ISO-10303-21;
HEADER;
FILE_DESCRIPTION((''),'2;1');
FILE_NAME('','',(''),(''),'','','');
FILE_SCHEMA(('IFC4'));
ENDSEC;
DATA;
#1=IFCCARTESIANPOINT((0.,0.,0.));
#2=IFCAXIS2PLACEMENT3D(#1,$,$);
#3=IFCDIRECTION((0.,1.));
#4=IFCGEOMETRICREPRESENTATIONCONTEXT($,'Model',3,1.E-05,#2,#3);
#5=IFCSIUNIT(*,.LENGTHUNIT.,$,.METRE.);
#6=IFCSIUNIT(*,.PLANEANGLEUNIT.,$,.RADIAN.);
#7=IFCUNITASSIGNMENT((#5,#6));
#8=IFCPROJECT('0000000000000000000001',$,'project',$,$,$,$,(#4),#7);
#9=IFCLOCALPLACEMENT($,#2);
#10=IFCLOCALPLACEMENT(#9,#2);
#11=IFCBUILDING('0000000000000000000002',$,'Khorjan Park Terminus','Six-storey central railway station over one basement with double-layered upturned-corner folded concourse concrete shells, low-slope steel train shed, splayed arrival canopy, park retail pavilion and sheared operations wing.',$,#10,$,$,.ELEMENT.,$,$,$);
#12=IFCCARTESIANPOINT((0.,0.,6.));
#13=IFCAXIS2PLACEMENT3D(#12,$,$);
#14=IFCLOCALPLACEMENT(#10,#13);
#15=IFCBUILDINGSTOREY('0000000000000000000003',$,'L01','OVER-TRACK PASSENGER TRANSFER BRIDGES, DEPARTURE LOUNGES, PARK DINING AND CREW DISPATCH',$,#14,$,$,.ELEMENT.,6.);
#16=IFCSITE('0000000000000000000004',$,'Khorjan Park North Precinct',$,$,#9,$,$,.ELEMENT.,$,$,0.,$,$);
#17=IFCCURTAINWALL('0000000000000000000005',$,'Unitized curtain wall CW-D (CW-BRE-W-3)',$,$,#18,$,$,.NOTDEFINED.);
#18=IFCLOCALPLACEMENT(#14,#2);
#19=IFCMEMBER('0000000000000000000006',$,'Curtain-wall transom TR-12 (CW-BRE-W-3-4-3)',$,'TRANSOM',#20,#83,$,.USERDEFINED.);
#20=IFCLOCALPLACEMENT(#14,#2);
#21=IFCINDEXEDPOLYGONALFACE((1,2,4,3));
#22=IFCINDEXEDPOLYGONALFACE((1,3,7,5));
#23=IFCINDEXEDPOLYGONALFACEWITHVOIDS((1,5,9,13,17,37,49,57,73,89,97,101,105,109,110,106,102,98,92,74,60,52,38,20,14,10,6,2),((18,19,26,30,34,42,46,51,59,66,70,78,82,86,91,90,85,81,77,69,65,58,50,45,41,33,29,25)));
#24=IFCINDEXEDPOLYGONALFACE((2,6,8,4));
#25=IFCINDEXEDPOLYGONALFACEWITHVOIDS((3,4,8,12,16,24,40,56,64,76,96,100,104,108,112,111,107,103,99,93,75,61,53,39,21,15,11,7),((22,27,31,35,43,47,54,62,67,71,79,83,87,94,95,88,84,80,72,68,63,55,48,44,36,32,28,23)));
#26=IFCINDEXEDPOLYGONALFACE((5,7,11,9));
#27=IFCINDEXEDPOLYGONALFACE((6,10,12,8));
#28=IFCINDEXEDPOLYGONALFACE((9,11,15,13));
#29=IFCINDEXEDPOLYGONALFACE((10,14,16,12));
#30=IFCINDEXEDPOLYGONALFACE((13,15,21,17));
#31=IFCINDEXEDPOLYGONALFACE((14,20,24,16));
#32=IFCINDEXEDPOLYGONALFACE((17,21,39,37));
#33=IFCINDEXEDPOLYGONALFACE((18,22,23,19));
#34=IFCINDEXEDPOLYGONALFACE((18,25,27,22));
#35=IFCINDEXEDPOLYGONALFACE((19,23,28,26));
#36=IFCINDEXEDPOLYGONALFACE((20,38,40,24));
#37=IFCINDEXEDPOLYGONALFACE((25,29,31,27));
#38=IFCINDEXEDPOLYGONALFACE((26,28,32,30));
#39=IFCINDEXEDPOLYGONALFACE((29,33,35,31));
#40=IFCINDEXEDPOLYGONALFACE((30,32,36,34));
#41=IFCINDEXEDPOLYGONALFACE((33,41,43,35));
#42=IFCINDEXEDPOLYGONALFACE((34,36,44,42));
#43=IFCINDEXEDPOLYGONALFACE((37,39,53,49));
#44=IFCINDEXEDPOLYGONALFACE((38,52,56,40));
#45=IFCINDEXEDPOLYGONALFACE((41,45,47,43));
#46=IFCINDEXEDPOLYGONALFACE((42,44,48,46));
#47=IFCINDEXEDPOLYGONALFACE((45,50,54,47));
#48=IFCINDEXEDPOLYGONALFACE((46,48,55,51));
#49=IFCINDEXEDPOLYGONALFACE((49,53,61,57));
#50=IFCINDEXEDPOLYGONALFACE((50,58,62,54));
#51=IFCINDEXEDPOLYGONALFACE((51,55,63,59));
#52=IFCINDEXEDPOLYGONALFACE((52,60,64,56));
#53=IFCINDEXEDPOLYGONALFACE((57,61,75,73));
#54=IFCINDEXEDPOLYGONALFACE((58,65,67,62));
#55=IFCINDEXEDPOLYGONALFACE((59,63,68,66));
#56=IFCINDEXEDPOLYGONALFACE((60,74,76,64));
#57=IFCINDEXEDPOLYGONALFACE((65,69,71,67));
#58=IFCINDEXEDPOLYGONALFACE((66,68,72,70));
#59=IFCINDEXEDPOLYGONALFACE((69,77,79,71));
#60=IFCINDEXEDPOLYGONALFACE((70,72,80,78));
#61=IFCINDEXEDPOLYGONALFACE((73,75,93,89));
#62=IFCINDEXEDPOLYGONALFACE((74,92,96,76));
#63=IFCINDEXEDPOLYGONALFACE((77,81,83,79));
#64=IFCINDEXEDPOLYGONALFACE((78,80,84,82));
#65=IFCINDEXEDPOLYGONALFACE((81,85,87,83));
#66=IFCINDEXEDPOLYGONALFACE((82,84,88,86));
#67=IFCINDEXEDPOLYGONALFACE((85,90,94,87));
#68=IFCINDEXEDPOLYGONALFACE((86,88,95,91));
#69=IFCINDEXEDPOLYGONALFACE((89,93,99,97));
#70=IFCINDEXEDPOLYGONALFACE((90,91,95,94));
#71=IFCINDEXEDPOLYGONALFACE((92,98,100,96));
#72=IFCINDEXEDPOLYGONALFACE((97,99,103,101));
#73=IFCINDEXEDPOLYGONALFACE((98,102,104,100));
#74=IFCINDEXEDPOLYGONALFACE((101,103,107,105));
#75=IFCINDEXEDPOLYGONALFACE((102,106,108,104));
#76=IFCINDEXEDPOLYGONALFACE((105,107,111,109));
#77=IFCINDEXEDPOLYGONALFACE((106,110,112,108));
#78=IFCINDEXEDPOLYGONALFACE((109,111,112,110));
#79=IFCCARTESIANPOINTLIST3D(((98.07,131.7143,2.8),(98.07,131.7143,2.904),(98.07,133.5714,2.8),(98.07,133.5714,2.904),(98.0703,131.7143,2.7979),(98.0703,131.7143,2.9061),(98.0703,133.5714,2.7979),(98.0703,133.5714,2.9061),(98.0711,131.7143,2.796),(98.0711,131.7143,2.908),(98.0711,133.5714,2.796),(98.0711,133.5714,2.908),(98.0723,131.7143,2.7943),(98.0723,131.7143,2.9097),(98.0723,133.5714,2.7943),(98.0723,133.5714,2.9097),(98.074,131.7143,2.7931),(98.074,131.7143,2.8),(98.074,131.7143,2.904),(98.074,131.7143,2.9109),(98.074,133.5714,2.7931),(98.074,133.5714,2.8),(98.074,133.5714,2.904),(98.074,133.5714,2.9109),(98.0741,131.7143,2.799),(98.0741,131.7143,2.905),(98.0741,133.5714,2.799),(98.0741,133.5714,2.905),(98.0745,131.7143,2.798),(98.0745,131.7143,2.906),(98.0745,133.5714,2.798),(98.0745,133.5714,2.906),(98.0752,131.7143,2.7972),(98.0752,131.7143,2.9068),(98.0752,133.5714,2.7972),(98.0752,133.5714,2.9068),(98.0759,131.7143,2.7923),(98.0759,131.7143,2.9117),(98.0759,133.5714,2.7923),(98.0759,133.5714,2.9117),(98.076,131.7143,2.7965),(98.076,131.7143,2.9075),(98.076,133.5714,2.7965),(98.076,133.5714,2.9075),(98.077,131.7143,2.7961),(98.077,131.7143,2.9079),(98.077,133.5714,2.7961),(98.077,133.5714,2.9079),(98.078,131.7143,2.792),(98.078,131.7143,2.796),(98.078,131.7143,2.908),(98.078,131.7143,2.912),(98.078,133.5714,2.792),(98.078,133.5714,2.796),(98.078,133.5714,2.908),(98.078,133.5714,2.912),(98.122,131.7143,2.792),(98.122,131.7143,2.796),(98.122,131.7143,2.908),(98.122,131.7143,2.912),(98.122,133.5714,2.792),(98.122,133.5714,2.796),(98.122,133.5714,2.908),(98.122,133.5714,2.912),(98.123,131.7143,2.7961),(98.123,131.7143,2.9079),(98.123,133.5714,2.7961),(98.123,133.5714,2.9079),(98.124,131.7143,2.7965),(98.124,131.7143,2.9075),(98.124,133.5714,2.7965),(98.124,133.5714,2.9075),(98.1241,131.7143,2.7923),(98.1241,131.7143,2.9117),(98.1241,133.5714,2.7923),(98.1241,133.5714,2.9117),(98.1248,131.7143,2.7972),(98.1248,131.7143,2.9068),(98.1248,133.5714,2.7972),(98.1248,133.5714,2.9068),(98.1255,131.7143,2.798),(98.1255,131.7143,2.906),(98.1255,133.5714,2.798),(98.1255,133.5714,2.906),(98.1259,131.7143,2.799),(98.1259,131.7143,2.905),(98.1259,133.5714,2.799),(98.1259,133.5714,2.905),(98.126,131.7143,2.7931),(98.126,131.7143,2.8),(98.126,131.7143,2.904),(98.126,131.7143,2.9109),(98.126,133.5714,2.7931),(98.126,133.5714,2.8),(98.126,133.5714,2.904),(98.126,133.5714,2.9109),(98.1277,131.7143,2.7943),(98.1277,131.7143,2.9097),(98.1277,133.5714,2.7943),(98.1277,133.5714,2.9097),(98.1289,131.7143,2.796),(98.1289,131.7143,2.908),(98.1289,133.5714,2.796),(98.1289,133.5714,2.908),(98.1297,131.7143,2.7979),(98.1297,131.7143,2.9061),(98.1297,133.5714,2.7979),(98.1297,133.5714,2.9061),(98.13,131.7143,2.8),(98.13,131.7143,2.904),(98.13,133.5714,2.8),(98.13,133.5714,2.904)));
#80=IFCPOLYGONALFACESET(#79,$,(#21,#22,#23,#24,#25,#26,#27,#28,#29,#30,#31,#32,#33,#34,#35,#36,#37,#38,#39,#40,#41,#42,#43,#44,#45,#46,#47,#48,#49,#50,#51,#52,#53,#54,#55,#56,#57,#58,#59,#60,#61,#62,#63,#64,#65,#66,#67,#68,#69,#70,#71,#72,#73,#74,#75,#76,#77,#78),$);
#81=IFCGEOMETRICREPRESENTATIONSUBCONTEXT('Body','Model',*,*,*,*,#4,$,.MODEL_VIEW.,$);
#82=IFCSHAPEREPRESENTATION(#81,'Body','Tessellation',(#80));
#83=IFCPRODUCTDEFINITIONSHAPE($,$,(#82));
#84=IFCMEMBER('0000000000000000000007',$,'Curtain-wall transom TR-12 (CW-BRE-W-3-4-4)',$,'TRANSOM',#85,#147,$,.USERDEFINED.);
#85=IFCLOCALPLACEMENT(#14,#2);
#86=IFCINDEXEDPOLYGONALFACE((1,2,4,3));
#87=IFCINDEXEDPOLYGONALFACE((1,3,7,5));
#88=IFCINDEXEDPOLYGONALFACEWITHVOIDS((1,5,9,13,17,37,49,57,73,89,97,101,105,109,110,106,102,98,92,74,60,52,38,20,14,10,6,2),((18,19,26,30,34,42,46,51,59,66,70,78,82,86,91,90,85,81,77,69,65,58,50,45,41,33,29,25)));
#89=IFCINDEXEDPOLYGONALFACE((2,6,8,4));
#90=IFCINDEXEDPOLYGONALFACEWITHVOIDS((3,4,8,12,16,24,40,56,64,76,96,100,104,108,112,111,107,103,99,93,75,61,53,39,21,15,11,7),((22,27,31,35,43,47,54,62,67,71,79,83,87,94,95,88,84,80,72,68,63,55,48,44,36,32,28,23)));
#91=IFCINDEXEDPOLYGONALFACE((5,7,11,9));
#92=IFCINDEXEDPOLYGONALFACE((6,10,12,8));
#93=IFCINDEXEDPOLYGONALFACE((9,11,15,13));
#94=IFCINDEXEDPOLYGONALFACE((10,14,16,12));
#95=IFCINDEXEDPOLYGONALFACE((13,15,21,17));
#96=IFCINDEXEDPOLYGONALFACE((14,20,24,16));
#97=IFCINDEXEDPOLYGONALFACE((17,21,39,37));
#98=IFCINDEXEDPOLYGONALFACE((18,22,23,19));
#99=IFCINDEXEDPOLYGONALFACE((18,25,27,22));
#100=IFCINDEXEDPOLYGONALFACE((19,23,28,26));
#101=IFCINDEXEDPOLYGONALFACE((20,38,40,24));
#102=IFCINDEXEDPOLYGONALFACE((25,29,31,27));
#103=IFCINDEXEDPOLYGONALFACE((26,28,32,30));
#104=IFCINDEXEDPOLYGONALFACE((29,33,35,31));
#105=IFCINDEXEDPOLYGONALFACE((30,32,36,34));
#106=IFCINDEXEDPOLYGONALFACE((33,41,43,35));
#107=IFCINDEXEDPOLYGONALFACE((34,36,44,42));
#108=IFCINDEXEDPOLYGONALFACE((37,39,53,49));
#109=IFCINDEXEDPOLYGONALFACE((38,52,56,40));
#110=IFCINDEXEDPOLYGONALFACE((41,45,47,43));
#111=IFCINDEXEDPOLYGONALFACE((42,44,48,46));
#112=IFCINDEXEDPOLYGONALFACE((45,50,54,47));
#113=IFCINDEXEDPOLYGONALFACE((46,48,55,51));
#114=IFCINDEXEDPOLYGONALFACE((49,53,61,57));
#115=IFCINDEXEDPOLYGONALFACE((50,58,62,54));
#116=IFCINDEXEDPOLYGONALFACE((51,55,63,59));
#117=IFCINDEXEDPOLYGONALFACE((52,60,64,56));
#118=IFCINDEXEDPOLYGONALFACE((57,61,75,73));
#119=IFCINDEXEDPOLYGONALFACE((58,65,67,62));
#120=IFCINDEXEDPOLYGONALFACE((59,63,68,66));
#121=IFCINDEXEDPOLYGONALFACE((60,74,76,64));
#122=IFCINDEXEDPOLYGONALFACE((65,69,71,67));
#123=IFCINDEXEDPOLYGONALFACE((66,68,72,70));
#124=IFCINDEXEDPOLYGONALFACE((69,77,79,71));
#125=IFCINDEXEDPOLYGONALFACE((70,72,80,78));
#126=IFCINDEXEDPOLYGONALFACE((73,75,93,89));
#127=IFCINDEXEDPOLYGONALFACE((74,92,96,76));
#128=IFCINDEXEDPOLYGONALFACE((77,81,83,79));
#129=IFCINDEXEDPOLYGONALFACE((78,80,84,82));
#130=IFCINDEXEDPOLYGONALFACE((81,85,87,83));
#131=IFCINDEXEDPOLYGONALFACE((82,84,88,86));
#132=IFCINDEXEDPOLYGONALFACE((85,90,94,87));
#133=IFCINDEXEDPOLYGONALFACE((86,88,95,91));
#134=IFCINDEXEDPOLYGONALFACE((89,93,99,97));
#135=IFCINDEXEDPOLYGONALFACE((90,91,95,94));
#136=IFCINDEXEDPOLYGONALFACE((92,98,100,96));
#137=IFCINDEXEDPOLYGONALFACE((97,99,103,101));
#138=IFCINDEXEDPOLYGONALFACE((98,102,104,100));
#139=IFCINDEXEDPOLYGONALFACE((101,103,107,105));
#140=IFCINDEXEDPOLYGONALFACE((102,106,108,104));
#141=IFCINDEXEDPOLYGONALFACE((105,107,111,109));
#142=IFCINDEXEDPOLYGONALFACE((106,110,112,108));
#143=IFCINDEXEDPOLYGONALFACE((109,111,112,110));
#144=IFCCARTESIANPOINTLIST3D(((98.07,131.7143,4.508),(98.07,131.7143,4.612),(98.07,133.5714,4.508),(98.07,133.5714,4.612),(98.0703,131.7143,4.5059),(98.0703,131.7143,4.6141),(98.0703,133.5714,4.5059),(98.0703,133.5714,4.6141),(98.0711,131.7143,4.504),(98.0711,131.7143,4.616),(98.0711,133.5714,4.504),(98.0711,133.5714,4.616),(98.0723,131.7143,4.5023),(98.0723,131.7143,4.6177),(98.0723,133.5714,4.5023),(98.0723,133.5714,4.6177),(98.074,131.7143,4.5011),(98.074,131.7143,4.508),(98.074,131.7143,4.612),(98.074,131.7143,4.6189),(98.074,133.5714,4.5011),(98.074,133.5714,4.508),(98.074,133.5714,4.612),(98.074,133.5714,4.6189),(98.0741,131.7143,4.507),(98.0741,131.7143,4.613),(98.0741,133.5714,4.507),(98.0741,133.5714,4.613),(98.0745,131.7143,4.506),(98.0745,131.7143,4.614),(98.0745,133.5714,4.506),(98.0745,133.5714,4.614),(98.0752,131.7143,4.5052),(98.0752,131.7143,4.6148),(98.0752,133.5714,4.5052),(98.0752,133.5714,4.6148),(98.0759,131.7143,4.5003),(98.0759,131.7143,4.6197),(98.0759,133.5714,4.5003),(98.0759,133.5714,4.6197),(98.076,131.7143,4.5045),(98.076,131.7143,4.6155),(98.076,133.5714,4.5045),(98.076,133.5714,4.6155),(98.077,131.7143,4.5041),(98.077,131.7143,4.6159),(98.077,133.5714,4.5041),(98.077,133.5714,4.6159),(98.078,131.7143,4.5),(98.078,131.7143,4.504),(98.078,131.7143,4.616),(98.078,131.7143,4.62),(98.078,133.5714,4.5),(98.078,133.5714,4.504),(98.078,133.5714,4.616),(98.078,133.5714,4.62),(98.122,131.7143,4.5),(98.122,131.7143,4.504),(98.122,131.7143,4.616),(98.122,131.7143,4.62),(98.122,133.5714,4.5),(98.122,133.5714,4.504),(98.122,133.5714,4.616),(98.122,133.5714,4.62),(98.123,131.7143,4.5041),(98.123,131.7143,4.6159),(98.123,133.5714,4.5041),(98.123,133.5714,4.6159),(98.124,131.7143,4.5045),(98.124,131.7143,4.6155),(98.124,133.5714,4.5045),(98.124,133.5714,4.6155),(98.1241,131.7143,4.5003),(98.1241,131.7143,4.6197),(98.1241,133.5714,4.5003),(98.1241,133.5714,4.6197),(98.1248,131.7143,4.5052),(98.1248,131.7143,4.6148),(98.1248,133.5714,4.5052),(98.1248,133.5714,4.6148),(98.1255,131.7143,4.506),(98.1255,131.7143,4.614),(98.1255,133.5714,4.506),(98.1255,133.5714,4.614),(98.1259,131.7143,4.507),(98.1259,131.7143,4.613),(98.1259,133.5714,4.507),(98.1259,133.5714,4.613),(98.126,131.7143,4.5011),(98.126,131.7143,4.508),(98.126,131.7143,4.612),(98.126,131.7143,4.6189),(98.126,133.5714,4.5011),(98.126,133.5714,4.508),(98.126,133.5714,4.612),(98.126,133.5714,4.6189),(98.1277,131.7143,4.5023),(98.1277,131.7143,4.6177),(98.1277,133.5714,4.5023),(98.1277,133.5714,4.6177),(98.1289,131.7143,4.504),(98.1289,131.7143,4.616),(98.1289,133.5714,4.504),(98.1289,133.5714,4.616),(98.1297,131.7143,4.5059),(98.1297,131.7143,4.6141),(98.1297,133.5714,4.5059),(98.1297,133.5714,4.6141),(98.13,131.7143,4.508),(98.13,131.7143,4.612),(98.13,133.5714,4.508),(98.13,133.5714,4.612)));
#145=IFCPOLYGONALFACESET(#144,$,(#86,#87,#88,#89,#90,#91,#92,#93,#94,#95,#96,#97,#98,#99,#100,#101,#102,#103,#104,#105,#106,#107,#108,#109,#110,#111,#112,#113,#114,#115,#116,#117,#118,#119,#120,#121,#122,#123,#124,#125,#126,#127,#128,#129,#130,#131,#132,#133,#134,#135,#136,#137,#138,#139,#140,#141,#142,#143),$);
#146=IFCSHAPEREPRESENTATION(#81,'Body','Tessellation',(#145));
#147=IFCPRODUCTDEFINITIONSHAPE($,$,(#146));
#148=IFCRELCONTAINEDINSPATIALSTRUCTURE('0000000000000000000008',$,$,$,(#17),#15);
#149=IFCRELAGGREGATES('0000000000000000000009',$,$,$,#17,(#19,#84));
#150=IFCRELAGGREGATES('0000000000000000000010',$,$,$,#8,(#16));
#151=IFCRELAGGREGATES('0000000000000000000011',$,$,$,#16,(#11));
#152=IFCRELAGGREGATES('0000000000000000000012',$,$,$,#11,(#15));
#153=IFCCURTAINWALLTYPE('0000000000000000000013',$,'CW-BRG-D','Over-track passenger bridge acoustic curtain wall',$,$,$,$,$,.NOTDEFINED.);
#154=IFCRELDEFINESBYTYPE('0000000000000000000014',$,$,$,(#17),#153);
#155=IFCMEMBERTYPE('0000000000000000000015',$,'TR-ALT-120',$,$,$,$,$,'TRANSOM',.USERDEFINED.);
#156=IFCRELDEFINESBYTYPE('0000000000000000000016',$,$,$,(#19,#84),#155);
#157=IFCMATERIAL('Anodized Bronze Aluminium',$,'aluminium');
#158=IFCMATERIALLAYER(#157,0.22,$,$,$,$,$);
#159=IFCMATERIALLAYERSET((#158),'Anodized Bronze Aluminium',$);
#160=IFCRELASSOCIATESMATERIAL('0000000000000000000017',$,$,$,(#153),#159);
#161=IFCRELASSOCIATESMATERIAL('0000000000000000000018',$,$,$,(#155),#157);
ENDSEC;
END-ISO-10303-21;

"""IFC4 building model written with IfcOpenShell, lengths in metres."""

from ifc_helpers import new_model, si_unit, direction, frame, origin, origin_2d, place, context, subcontext, project, spatial, hollow_rectangle, extrude, material, layer, layer_set, material_profile, profile_set, type_object, element, aggregate, save


model = new_model("IFC4")

# Units and contexts
model_context = context("Model", 3, precision=1e-05, world=origin(), true_north=direction((0.0, 1.0)))
body_context = subcontext(model_context, "Body", "Model", "MODEL_VIEW")
ifc_project = project(units=[si_unit("LENGTHUNIT", "METRE"), si_unit("PLANEANGLEUNIT", "RADIAN")], contexts=[model_context])

# Site, building, storey
site_placement = place(None, origin())
site = spatial("IfcSite", under=ifc_project, at=site_placement, Name="Khorjan Park North Precinct", CompositionType="ELEMENT", RefElevation=0.0)
building_placement = place(site_placement, origin())
building = spatial("IfcBuilding", under=site, at=building_placement, Name="Khorjan Park Terminus", Description="Six-storey central railway station over one basement with double-layered upturned-corner folded concourse concrete shells, low-slope steel train shed, splayed arrival canopy, park retail pavilion and sheared operations wing.", CompositionType="ELEMENT")
storey_placement = place(building_placement, frame((0.0, 0.0, 6.0)))
storey = spatial("IfcBuildingStorey", under=building, at=storey_placement, Name="L01", Description="OVER-TRACK PASSENGER TRANSFER BRIDGES, DEPARTURE LOUNGES, PARK DINING AND CREW DISPATCH", CompositionType="ELEMENT", Elevation=6.0)

# Shared definitions
ifc_material_1 = material(Name="Anodized Bronze Aluminium", Category="aluminium")
ifc_layer_1 = layer(ifc_material_1, 0.22)
ifc_layer_set_1 = layer_set([ifc_layer_1], Name="Anodized Bronze Aluminium")
curtain_wall_type = type_object("IfcCurtainWallType", Name="CW-BRG-D", Description="Over-track passenger bridge acoustic curtain wall", PredefinedType="NOTDEFINED", material=ifc_layer_set_1)

# Curtain wall
curtain_wall_1_placement = place(storey_placement, origin())
curtain_wall_1 = element("IfcCurtainWall", 1, at=curtain_wall_1_placement, inside=storey, type_object=curtain_wall_type, Name="Unitized curtain wall CW-D (CW-BRE-W-3)", PredefinedType="NOTDEFINED")

# Members
ifc_material_profile_1 = material_profile(ifc_material_1, hollow_rectangle(XDim=0.06, YDim=0.12, WallThickness=0.004, InnerFilletRadius=0.004, OuterFilletRadius=0.008, at=origin_2d()), Name="ALT 60x120x4")
ifc_profile_set_1 = profile_set([ifc_material_profile_1], Name="Anodized Bronze Aluminium")
member_type_1 = type_object("IfcMemberType", Name="TR-ALT-120", ElementType="TRANSOM", PredefinedType="USERDEFINED", material=ifc_profile_set_1)
member_1_placement = place(storey_placement, frame((98.1, 133.5714, 2.852), z_axis=(0.0, -1.0, 0.0), x_axis=(1.0, 0.0, 0.0)))
member_1 = element("IfcMember", 2, at=member_1_placement, type_object=member_type_1, Name="Curtain-wall transom TR-12 (CW-BRE-W-3-4-3)", ObjectType="TRANSOM", PredefinedType="USERDEFINED", context=body_context, shape_type="SweptSolid", body=[
    extrude(hollow_rectangle(XDim=0.06, YDim=0.12, WallThickness=0.004, InnerFilletRadius=0.004, OuterFilletRadius=0.008, at=origin_2d()), origin(), (0.0, 0.0, 1.0), 1.8571),
])
member_2_placement = place(storey_placement, frame((98.1, 133.5714, 4.56), z_axis=(0.0, -1.0, 0.0), x_axis=(1.0, 0.0, 0.0)))
member_2 = element("IfcMember", 3, at=member_2_placement, type_object=member_type_1, Name="Curtain-wall transom TR-12 (CW-BRE-W-3-4-4)", ObjectType="TRANSOM", PredefinedType="USERDEFINED", context=body_context, shape_type="SweptSolid", body=[
    extrude(hollow_rectangle(XDim=0.06, YDim=0.12, WallThickness=0.004, InnerFilletRadius=0.004, OuterFilletRadius=0.008, at=origin_2d()), origin(), (0.0, 0.0, 1.0), 1.8571),
])

aggregate(curtain_wall_1, [member_1, member_2])

save(model, "model.ifc")
